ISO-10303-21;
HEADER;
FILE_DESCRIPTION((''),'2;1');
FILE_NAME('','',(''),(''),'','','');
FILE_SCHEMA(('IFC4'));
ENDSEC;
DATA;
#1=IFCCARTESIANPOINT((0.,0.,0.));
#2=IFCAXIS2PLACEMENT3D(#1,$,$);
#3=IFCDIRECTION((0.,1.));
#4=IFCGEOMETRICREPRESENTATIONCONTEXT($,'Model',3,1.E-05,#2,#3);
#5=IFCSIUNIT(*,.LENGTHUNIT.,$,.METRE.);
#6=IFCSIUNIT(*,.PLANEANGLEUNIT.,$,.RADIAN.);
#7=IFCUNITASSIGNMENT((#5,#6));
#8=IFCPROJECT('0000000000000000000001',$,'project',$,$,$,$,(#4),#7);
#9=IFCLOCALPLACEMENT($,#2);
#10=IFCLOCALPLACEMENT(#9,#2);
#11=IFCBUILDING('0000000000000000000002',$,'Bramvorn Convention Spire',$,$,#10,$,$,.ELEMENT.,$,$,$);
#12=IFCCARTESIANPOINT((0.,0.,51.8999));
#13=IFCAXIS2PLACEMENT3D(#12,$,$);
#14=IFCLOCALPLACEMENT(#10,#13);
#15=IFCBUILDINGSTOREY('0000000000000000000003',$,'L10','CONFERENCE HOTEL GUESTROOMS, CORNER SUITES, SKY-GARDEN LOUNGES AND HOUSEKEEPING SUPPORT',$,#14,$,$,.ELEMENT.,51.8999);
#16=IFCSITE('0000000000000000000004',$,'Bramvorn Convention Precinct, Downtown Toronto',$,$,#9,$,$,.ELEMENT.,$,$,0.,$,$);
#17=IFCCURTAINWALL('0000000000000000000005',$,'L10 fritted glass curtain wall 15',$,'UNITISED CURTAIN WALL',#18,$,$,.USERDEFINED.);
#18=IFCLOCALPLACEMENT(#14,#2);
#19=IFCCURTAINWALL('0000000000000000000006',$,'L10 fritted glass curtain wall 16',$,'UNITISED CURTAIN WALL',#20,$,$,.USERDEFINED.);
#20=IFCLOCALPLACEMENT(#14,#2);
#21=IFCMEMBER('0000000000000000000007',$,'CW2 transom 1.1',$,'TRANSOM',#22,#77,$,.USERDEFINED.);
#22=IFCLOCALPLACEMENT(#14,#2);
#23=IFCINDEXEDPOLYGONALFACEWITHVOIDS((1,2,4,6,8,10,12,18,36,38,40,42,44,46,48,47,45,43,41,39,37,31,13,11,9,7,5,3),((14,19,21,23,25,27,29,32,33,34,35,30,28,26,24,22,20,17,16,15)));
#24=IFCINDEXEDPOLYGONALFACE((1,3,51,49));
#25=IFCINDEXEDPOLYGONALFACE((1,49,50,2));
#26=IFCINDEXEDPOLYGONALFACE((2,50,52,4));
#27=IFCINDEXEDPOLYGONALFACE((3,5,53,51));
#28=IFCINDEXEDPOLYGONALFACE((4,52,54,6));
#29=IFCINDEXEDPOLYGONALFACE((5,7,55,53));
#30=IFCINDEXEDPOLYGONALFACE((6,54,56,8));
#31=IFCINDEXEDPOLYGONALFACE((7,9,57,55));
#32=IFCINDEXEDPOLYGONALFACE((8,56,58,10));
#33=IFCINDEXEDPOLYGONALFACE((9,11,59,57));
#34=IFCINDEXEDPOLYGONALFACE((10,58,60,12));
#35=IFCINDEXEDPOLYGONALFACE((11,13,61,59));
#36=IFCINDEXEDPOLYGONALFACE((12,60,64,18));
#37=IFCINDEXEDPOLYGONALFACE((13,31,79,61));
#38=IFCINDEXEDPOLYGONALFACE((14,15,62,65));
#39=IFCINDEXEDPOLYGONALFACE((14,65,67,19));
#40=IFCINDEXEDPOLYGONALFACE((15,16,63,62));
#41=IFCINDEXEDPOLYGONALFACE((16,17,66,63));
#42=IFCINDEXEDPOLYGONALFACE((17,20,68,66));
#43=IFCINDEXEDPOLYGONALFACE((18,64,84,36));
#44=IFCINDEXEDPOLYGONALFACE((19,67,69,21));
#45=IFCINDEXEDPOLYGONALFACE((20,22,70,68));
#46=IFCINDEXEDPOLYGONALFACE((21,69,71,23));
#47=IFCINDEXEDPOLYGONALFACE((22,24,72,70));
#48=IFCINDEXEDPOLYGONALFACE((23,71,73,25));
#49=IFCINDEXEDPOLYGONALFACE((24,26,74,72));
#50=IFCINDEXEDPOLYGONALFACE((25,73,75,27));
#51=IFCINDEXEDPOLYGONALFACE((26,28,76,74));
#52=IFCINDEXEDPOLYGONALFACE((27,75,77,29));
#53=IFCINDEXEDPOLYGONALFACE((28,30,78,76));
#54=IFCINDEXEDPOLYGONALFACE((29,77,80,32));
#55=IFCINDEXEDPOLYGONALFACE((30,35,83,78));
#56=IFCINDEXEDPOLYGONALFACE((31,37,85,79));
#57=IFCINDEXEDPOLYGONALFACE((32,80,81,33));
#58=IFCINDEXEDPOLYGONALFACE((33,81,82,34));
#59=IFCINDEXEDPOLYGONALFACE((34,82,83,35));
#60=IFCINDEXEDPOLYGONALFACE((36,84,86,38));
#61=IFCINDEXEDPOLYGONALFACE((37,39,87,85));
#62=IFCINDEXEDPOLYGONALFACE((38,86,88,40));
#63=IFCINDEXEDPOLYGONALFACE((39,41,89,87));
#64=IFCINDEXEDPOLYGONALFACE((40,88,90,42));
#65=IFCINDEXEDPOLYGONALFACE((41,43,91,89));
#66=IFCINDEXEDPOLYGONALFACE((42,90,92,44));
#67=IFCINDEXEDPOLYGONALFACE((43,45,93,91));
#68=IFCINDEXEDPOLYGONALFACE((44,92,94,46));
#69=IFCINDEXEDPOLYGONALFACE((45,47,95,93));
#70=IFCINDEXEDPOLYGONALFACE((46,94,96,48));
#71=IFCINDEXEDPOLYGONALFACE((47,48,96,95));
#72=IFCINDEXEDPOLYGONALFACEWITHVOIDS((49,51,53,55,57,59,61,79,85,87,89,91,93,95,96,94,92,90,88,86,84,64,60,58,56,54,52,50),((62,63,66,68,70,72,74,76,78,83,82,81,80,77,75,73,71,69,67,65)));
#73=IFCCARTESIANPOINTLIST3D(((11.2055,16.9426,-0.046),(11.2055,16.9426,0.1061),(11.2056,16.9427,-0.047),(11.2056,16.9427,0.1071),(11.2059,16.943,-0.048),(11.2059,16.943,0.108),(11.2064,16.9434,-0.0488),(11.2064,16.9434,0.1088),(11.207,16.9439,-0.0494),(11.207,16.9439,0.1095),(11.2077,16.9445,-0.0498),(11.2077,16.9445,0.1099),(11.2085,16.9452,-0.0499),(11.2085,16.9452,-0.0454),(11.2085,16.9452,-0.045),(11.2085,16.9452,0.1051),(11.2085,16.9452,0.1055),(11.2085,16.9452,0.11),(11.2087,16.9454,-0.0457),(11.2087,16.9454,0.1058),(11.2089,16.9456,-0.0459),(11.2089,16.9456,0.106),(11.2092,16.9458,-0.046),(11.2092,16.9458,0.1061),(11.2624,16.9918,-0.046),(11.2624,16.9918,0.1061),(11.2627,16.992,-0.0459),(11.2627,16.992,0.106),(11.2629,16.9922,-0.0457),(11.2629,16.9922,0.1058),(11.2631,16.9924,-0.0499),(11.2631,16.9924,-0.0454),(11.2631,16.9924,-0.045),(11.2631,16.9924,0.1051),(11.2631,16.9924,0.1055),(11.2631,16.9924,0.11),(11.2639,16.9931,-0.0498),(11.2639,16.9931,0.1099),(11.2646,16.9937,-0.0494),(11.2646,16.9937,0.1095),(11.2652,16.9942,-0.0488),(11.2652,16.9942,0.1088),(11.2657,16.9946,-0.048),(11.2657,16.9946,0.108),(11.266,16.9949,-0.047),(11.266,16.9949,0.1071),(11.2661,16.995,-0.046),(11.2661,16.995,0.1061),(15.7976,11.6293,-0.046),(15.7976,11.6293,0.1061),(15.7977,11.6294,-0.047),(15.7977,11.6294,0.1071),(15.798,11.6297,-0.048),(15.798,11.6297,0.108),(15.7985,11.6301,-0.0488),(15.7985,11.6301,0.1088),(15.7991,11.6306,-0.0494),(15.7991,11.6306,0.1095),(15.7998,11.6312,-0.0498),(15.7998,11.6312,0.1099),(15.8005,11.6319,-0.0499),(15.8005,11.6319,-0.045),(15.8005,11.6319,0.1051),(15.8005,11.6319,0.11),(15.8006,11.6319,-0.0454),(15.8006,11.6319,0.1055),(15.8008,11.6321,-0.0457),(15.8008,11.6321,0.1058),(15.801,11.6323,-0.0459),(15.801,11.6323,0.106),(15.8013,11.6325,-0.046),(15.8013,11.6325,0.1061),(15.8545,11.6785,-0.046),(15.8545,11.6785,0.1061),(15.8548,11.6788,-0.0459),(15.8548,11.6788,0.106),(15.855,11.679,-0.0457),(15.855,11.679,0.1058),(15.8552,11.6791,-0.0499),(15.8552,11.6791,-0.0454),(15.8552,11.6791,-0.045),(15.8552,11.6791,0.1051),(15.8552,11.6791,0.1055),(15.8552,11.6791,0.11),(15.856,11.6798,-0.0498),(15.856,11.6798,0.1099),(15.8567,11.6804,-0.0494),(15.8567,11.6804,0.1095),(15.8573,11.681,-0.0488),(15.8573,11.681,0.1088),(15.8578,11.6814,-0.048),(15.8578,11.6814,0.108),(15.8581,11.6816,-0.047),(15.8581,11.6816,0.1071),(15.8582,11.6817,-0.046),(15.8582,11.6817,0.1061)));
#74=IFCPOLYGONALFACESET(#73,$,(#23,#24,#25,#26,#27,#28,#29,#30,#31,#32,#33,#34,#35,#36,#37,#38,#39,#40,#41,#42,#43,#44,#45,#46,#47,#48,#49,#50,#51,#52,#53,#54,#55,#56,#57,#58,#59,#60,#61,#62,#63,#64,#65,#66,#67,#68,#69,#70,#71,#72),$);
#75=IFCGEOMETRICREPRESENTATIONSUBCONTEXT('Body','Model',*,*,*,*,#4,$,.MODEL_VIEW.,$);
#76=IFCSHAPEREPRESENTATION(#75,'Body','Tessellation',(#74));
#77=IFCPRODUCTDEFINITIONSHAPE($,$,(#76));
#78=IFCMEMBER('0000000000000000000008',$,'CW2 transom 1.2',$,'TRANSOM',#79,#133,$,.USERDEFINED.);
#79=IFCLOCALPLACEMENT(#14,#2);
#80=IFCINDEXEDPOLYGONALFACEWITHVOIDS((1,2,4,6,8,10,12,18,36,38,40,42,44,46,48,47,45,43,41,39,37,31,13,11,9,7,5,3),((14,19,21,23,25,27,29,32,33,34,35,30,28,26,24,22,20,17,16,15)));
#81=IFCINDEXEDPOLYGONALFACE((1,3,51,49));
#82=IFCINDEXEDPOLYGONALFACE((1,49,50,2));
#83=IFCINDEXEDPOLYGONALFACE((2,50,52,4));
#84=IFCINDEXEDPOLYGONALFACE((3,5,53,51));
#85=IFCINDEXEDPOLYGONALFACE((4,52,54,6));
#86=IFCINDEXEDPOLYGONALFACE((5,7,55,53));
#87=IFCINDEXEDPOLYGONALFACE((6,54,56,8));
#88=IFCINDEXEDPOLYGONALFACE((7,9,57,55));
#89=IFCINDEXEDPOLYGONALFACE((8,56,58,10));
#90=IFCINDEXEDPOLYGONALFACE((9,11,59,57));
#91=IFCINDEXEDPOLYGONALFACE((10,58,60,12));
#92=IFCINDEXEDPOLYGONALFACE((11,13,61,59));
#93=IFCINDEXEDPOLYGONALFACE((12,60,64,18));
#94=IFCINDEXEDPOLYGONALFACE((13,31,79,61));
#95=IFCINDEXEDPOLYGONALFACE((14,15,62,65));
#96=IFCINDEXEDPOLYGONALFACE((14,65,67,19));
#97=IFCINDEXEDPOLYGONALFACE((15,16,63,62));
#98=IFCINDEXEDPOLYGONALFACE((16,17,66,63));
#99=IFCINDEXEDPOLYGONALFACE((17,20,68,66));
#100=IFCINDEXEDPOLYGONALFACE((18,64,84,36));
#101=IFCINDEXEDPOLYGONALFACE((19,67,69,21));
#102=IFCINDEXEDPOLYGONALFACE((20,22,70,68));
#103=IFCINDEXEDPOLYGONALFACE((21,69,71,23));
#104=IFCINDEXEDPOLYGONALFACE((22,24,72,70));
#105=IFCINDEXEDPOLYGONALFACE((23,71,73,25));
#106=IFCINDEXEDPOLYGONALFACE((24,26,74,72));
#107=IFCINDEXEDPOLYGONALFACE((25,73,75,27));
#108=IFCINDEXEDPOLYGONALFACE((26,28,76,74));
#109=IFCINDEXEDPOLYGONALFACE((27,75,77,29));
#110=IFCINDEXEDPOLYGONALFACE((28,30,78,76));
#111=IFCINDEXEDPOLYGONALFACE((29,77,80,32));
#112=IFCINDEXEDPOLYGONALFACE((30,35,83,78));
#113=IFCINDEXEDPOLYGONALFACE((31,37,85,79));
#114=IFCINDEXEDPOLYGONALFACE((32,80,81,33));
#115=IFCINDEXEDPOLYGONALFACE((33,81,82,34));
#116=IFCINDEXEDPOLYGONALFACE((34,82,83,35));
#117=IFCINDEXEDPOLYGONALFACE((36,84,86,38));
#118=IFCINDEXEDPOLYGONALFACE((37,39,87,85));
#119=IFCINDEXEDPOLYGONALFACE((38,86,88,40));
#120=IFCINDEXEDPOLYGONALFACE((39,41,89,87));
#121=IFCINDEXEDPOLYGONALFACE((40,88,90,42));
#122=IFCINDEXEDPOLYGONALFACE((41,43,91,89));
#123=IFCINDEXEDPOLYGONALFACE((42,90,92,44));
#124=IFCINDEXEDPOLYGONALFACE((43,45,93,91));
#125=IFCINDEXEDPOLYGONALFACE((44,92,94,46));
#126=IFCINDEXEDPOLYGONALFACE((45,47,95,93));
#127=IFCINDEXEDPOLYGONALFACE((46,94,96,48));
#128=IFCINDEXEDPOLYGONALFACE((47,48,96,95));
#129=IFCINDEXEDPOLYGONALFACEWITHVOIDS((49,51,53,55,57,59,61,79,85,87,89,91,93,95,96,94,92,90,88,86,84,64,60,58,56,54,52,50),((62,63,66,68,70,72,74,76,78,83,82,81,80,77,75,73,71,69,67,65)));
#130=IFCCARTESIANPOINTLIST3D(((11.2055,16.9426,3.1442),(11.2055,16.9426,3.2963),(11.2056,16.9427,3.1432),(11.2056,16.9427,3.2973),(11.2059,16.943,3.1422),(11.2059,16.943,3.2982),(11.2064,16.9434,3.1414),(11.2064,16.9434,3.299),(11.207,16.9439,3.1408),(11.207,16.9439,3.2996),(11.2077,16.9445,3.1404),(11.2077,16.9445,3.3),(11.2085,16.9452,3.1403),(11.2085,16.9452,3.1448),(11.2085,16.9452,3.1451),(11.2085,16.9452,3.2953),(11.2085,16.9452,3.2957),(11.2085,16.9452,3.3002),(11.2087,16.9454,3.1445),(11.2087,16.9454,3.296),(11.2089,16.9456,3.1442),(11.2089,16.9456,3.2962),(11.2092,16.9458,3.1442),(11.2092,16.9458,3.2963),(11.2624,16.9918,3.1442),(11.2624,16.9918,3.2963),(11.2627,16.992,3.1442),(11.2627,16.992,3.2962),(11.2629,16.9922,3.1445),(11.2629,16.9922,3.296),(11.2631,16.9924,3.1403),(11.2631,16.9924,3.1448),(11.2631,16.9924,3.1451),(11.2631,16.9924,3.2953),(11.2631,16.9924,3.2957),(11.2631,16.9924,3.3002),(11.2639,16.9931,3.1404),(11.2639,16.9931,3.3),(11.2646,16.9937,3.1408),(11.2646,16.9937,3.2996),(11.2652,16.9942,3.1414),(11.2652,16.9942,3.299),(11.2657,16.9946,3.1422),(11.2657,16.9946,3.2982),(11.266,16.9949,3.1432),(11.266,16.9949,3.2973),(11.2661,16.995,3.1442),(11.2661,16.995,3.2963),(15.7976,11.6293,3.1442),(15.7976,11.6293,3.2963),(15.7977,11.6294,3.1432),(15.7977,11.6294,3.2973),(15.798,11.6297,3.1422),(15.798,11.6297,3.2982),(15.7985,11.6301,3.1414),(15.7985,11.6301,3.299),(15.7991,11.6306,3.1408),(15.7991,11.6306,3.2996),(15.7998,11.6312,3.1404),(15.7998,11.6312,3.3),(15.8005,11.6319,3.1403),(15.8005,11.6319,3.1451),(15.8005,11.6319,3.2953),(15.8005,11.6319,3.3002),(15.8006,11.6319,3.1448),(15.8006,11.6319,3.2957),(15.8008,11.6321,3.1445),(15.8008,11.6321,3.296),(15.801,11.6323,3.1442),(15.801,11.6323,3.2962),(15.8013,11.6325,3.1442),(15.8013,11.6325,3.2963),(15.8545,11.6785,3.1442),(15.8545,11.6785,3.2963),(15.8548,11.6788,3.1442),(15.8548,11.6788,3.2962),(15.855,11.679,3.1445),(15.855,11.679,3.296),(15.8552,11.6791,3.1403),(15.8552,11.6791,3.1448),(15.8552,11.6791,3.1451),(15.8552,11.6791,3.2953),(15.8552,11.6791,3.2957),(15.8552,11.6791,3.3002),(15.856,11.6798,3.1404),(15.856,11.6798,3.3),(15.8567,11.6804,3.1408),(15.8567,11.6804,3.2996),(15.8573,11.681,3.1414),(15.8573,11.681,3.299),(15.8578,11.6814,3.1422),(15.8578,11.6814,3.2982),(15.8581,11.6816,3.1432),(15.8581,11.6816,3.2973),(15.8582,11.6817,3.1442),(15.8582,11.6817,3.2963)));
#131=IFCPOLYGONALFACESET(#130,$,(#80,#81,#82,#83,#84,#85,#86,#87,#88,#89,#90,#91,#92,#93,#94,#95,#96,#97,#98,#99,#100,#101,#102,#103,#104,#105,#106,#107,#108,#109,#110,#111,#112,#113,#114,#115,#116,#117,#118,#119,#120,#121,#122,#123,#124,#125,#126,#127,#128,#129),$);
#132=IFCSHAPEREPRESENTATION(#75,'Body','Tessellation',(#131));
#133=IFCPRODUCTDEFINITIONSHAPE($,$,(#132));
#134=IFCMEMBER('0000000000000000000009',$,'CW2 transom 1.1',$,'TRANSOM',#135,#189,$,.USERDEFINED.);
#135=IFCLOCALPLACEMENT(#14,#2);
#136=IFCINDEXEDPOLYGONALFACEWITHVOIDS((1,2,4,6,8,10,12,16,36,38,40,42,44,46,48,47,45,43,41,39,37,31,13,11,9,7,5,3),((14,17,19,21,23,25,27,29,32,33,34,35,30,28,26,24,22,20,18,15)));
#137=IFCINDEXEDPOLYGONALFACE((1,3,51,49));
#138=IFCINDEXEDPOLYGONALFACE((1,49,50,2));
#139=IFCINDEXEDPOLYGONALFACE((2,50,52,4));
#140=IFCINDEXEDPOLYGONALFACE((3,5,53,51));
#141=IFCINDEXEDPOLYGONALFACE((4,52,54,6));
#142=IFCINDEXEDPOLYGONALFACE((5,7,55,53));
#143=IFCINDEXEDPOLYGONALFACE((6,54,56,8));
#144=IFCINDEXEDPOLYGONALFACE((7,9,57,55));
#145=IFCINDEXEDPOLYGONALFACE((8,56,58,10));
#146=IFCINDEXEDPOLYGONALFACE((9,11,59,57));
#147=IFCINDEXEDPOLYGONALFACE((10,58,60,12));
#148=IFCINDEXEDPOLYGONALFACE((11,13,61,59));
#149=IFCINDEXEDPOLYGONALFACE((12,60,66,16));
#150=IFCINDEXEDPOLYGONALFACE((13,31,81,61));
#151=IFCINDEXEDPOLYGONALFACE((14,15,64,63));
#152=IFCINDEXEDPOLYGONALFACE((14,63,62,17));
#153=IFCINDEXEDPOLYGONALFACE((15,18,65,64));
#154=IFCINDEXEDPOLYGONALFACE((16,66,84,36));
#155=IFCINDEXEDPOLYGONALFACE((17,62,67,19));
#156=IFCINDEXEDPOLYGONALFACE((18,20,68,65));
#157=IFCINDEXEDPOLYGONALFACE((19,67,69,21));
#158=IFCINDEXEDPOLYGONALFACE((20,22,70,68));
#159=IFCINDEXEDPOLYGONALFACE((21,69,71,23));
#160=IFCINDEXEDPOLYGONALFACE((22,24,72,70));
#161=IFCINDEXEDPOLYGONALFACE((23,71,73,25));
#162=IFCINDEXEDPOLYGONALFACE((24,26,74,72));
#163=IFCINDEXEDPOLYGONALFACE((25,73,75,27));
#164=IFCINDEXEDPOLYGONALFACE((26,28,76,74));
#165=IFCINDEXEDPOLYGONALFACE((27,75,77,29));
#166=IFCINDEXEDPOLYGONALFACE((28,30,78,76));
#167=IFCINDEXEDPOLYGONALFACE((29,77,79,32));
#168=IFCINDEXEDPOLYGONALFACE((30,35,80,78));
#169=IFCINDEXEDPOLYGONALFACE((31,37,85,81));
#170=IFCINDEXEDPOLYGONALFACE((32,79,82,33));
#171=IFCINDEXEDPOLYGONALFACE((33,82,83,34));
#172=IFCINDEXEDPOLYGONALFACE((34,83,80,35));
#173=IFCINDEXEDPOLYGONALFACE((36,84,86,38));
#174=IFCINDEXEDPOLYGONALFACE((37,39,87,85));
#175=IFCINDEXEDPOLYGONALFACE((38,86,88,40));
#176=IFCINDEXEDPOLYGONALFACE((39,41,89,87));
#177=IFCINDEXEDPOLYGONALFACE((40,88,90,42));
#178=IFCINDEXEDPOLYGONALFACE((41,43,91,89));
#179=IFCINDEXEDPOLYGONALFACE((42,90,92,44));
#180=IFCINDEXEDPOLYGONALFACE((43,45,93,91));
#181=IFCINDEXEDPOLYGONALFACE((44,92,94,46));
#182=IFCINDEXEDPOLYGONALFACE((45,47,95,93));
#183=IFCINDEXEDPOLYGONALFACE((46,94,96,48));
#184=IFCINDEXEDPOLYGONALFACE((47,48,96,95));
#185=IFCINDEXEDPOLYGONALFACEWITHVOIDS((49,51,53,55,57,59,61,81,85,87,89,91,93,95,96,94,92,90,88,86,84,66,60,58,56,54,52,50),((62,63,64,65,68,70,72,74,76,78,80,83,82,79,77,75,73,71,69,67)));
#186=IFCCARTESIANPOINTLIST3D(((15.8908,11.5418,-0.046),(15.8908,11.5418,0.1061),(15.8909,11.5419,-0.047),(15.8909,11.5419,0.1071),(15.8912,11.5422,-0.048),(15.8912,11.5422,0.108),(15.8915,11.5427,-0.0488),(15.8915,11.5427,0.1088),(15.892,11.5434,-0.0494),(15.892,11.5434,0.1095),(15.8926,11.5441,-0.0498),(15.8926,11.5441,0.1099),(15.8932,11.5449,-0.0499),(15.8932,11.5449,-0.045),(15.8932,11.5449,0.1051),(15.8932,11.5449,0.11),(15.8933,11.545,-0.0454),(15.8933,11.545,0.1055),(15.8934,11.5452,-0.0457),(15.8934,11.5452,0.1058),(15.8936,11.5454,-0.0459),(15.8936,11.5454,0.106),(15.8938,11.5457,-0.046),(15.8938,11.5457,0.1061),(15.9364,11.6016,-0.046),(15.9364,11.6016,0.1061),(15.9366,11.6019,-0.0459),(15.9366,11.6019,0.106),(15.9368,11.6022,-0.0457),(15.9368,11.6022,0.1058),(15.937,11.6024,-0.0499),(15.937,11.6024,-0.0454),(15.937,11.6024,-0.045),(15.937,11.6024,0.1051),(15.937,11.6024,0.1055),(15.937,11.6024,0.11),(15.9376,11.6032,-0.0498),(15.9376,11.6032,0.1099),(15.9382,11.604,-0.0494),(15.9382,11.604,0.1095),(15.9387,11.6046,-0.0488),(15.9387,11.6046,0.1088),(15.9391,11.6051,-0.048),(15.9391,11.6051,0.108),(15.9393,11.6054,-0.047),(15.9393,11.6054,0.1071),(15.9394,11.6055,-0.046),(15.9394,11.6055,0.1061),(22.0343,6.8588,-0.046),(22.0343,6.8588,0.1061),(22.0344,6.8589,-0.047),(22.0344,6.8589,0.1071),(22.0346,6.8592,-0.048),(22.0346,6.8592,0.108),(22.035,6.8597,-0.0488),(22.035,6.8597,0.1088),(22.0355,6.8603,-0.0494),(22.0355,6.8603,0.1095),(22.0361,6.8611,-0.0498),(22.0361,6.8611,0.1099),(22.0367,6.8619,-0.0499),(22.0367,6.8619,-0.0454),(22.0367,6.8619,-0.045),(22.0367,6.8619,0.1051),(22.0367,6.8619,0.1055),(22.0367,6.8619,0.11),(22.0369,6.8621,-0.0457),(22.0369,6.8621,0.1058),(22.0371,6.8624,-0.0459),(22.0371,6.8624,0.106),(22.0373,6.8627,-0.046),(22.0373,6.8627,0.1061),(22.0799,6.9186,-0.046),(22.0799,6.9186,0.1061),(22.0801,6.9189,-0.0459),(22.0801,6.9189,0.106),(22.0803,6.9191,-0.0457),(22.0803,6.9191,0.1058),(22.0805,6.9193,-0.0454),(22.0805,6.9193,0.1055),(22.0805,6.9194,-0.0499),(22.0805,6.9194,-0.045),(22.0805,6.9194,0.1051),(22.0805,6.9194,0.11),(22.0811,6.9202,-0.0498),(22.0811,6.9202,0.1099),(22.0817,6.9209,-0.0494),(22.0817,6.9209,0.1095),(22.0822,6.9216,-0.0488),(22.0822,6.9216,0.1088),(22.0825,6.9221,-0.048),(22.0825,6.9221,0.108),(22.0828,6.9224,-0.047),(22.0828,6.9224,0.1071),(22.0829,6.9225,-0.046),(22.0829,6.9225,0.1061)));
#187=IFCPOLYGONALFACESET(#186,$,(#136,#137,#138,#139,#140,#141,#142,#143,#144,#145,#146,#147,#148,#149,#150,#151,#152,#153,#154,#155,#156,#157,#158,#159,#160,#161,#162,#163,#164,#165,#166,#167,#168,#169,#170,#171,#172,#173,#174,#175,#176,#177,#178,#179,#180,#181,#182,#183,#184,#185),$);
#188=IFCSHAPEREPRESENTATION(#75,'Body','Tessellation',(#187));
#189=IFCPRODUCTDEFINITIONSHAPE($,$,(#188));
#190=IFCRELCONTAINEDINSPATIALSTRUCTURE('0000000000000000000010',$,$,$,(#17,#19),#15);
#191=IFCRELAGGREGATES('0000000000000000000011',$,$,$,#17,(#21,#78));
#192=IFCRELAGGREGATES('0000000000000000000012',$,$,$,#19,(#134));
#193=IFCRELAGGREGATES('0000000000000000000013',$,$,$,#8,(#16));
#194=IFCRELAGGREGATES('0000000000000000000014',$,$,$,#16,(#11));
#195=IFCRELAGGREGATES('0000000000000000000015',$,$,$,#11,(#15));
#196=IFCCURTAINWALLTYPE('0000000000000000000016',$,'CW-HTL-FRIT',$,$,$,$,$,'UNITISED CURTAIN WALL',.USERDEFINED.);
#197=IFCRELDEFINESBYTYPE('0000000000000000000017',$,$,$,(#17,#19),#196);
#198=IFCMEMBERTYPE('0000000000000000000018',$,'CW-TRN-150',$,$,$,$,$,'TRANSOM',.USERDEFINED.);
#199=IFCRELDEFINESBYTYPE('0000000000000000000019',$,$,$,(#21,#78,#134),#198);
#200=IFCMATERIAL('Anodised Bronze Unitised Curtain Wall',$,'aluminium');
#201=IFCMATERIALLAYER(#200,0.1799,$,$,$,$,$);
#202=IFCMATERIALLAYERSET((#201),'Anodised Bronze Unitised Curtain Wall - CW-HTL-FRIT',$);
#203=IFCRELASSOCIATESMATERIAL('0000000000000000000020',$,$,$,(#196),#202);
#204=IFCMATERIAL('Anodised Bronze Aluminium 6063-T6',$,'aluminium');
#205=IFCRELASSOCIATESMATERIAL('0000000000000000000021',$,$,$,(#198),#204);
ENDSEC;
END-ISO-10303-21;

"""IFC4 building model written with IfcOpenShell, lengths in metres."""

from ifc_helpers import new_model, si_unit, direction, frame, origin, origin_2d, place, context, subcontext, project, spatial, hollow_rectangle, extrude, material, layer, layer_set, material_profile, profile_set, type_object, element, aggregate, save


model = new_model("IFC4")

# Units and contexts
model_context = context("Model", 3, precision=1e-05, world=origin(), true_north=direction((0.0, 1.0)))
body_context = subcontext(model_context, "Body", "Model", "MODEL_VIEW")
ifc_project = project(units=[si_unit("LENGTHUNIT", "METRE"), si_unit("PLANEANGLEUNIT", "RADIAN")], contexts=[model_context])

# Site, building, storey
site_placement = place(None, origin())
site = spatial("IfcSite", under=ifc_project, at=site_placement, Name="Bramvorn Convention Precinct, Downtown Toronto", CompositionType="ELEMENT", RefElevation=0.0)
building_placement = place(site_placement, origin())
building = spatial("IfcBuilding", under=site, at=building_placement, Name="Bramvorn Convention Spire", CompositionType="ELEMENT")
storey_placement = place(building_placement, frame((0.0, 0.0, 51.8999)))
storey = spatial("IfcBuildingStorey", under=building, at=storey_placement, Name="L10", Description="CONFERENCE HOTEL GUESTROOMS, CORNER SUITES, SKY-GARDEN LOUNGES AND HOUSEKEEPING SUPPORT", CompositionType="ELEMENT", Elevation=51.8999)

# Curtain wall
ifc_material_1 = material(Name="Anodised Bronze Unitised Curtain Wall", Category="aluminium")
ifc_layer_1 = layer(ifc_material_1, 0.1799)
ifc_layer_set_1 = layer_set([ifc_layer_1], Name="Anodised Bronze Unitised Curtain Wall - CW-HTL-FRIT")
curtain_wall_type = type_object("IfcCurtainWallType", Name="CW-HTL-FRIT", ElementType="UNITISED CURTAIN WALL", PredefinedType="USERDEFINED", material=ifc_layer_set_1)
curtain_wall_1_placement = place(storey_placement, origin())
curtain_wall_1 = element("IfcCurtainWall", 1, at=curtain_wall_1_placement, inside=storey, type_object=curtain_wall_type, Name="L10 fritted glass curtain wall 15", ObjectType="UNITISED CURTAIN WALL", PredefinedType="USERDEFINED")
ifc_material_2 = material(Name="Anodised Bronze Aluminium 6063-T6", Category="aluminium")

# Curtain wall
curtain_wall_2_placement = place(storey_placement, origin())
curtain_wall_2 = element("IfcCurtainWall", 2, at=curtain_wall_2_placement, inside=storey, type_object=curtain_wall_type, Name="L10 fritted glass curtain wall 16", ObjectType="UNITISED CURTAIN WALL", PredefinedType="USERDEFINED")

# Members
ifc_material_profile_1 = material_profile(ifc_material_2, hollow_rectangle(XDim=0.0801, YDim=0.1599, WallThickness=0.0039, InnerFilletRadius=0.001, OuterFilletRadius=0.0039, at=origin_2d()))
ifc_profile_set_1 = profile_set([ifc_material_profile_1], Name="Anodised Bronze Aluminium 6063-T6 - CWT80X160")
member_type_1 = type_object("IfcMemberType", Name="CW-TRN-150", ElementType="TRANSOM", PredefinedType="USERDEFINED", material=ifc_profile_set_1)
member_1_placement = place(storey_placement, frame((15.8279, 11.6555, 0.03), z_axis=(-0.653892, 0.756588, 0.0), x_axis=(-0.756588, -0.653892, 0.0)))
member_1 = element("IfcMember", 3, at=member_1_placement, type_object=member_type_1, Name="CW2 transom 1.1", ObjectType="TRANSOM", PredefinedType="USERDEFINED", context=body_context, shape_type="SweptSolid", body=[
    extrude(hollow_rectangle(XDim=0.0801, YDim=0.1599, WallThickness=0.0039, InnerFilletRadius=0.001, OuterFilletRadius=0.0039, at=origin_2d()), origin(), (0.0, 0.0, 1.0), 7.0227),
])
member_2_placement = place(storey_placement, frame((15.8279, 11.6555, 3.2202), z_axis=(-0.653892, 0.756588, 0.0), x_axis=(-0.756588, -0.653892, 0.0)))
member_2 = element("IfcMember", 4, at=member_2_placement, type_object=member_type_1, Name="CW2 transom 1.2", ObjectType="TRANSOM", PredefinedType="USERDEFINED", context=body_context, shape_type="SweptSolid", body=[
    extrude(hollow_rectangle(XDim=0.0801, YDim=0.1599, WallThickness=0.0039, InnerFilletRadius=0.001, OuterFilletRadius=0.0039, at=origin_2d()), origin(), (0.0, 0.0, 1.0), 7.0227),
])
aggregate(curtain_wall_1, [member_1, member_2])
member_3_placement = place(storey_placement, frame((22.0586, 6.8906, 0.03), z_axis=(-0.795288, 0.606232, 0.0), x_axis=(-0.606232, -0.795288, 0.0)))
member_3 = element("IfcMember", 5, at=member_3_placement, type_object=member_type_1, Name="CW2 transom 1.1", ObjectType="TRANSOM", PredefinedType="USERDEFINED", context=body_context, shape_type="SweptSolid", body=[
    extrude(hollow_rectangle(XDim=0.0801, YDim=0.1599, WallThickness=0.0039, InnerFilletRadius=0.001, OuterFilletRadius=0.0039, at=origin_2d()), origin(), (0.0, 0.0, 1.0), 7.7249),
])

aggregate(curtain_wall_2, [member_3])

save(model, "model.ifc")
